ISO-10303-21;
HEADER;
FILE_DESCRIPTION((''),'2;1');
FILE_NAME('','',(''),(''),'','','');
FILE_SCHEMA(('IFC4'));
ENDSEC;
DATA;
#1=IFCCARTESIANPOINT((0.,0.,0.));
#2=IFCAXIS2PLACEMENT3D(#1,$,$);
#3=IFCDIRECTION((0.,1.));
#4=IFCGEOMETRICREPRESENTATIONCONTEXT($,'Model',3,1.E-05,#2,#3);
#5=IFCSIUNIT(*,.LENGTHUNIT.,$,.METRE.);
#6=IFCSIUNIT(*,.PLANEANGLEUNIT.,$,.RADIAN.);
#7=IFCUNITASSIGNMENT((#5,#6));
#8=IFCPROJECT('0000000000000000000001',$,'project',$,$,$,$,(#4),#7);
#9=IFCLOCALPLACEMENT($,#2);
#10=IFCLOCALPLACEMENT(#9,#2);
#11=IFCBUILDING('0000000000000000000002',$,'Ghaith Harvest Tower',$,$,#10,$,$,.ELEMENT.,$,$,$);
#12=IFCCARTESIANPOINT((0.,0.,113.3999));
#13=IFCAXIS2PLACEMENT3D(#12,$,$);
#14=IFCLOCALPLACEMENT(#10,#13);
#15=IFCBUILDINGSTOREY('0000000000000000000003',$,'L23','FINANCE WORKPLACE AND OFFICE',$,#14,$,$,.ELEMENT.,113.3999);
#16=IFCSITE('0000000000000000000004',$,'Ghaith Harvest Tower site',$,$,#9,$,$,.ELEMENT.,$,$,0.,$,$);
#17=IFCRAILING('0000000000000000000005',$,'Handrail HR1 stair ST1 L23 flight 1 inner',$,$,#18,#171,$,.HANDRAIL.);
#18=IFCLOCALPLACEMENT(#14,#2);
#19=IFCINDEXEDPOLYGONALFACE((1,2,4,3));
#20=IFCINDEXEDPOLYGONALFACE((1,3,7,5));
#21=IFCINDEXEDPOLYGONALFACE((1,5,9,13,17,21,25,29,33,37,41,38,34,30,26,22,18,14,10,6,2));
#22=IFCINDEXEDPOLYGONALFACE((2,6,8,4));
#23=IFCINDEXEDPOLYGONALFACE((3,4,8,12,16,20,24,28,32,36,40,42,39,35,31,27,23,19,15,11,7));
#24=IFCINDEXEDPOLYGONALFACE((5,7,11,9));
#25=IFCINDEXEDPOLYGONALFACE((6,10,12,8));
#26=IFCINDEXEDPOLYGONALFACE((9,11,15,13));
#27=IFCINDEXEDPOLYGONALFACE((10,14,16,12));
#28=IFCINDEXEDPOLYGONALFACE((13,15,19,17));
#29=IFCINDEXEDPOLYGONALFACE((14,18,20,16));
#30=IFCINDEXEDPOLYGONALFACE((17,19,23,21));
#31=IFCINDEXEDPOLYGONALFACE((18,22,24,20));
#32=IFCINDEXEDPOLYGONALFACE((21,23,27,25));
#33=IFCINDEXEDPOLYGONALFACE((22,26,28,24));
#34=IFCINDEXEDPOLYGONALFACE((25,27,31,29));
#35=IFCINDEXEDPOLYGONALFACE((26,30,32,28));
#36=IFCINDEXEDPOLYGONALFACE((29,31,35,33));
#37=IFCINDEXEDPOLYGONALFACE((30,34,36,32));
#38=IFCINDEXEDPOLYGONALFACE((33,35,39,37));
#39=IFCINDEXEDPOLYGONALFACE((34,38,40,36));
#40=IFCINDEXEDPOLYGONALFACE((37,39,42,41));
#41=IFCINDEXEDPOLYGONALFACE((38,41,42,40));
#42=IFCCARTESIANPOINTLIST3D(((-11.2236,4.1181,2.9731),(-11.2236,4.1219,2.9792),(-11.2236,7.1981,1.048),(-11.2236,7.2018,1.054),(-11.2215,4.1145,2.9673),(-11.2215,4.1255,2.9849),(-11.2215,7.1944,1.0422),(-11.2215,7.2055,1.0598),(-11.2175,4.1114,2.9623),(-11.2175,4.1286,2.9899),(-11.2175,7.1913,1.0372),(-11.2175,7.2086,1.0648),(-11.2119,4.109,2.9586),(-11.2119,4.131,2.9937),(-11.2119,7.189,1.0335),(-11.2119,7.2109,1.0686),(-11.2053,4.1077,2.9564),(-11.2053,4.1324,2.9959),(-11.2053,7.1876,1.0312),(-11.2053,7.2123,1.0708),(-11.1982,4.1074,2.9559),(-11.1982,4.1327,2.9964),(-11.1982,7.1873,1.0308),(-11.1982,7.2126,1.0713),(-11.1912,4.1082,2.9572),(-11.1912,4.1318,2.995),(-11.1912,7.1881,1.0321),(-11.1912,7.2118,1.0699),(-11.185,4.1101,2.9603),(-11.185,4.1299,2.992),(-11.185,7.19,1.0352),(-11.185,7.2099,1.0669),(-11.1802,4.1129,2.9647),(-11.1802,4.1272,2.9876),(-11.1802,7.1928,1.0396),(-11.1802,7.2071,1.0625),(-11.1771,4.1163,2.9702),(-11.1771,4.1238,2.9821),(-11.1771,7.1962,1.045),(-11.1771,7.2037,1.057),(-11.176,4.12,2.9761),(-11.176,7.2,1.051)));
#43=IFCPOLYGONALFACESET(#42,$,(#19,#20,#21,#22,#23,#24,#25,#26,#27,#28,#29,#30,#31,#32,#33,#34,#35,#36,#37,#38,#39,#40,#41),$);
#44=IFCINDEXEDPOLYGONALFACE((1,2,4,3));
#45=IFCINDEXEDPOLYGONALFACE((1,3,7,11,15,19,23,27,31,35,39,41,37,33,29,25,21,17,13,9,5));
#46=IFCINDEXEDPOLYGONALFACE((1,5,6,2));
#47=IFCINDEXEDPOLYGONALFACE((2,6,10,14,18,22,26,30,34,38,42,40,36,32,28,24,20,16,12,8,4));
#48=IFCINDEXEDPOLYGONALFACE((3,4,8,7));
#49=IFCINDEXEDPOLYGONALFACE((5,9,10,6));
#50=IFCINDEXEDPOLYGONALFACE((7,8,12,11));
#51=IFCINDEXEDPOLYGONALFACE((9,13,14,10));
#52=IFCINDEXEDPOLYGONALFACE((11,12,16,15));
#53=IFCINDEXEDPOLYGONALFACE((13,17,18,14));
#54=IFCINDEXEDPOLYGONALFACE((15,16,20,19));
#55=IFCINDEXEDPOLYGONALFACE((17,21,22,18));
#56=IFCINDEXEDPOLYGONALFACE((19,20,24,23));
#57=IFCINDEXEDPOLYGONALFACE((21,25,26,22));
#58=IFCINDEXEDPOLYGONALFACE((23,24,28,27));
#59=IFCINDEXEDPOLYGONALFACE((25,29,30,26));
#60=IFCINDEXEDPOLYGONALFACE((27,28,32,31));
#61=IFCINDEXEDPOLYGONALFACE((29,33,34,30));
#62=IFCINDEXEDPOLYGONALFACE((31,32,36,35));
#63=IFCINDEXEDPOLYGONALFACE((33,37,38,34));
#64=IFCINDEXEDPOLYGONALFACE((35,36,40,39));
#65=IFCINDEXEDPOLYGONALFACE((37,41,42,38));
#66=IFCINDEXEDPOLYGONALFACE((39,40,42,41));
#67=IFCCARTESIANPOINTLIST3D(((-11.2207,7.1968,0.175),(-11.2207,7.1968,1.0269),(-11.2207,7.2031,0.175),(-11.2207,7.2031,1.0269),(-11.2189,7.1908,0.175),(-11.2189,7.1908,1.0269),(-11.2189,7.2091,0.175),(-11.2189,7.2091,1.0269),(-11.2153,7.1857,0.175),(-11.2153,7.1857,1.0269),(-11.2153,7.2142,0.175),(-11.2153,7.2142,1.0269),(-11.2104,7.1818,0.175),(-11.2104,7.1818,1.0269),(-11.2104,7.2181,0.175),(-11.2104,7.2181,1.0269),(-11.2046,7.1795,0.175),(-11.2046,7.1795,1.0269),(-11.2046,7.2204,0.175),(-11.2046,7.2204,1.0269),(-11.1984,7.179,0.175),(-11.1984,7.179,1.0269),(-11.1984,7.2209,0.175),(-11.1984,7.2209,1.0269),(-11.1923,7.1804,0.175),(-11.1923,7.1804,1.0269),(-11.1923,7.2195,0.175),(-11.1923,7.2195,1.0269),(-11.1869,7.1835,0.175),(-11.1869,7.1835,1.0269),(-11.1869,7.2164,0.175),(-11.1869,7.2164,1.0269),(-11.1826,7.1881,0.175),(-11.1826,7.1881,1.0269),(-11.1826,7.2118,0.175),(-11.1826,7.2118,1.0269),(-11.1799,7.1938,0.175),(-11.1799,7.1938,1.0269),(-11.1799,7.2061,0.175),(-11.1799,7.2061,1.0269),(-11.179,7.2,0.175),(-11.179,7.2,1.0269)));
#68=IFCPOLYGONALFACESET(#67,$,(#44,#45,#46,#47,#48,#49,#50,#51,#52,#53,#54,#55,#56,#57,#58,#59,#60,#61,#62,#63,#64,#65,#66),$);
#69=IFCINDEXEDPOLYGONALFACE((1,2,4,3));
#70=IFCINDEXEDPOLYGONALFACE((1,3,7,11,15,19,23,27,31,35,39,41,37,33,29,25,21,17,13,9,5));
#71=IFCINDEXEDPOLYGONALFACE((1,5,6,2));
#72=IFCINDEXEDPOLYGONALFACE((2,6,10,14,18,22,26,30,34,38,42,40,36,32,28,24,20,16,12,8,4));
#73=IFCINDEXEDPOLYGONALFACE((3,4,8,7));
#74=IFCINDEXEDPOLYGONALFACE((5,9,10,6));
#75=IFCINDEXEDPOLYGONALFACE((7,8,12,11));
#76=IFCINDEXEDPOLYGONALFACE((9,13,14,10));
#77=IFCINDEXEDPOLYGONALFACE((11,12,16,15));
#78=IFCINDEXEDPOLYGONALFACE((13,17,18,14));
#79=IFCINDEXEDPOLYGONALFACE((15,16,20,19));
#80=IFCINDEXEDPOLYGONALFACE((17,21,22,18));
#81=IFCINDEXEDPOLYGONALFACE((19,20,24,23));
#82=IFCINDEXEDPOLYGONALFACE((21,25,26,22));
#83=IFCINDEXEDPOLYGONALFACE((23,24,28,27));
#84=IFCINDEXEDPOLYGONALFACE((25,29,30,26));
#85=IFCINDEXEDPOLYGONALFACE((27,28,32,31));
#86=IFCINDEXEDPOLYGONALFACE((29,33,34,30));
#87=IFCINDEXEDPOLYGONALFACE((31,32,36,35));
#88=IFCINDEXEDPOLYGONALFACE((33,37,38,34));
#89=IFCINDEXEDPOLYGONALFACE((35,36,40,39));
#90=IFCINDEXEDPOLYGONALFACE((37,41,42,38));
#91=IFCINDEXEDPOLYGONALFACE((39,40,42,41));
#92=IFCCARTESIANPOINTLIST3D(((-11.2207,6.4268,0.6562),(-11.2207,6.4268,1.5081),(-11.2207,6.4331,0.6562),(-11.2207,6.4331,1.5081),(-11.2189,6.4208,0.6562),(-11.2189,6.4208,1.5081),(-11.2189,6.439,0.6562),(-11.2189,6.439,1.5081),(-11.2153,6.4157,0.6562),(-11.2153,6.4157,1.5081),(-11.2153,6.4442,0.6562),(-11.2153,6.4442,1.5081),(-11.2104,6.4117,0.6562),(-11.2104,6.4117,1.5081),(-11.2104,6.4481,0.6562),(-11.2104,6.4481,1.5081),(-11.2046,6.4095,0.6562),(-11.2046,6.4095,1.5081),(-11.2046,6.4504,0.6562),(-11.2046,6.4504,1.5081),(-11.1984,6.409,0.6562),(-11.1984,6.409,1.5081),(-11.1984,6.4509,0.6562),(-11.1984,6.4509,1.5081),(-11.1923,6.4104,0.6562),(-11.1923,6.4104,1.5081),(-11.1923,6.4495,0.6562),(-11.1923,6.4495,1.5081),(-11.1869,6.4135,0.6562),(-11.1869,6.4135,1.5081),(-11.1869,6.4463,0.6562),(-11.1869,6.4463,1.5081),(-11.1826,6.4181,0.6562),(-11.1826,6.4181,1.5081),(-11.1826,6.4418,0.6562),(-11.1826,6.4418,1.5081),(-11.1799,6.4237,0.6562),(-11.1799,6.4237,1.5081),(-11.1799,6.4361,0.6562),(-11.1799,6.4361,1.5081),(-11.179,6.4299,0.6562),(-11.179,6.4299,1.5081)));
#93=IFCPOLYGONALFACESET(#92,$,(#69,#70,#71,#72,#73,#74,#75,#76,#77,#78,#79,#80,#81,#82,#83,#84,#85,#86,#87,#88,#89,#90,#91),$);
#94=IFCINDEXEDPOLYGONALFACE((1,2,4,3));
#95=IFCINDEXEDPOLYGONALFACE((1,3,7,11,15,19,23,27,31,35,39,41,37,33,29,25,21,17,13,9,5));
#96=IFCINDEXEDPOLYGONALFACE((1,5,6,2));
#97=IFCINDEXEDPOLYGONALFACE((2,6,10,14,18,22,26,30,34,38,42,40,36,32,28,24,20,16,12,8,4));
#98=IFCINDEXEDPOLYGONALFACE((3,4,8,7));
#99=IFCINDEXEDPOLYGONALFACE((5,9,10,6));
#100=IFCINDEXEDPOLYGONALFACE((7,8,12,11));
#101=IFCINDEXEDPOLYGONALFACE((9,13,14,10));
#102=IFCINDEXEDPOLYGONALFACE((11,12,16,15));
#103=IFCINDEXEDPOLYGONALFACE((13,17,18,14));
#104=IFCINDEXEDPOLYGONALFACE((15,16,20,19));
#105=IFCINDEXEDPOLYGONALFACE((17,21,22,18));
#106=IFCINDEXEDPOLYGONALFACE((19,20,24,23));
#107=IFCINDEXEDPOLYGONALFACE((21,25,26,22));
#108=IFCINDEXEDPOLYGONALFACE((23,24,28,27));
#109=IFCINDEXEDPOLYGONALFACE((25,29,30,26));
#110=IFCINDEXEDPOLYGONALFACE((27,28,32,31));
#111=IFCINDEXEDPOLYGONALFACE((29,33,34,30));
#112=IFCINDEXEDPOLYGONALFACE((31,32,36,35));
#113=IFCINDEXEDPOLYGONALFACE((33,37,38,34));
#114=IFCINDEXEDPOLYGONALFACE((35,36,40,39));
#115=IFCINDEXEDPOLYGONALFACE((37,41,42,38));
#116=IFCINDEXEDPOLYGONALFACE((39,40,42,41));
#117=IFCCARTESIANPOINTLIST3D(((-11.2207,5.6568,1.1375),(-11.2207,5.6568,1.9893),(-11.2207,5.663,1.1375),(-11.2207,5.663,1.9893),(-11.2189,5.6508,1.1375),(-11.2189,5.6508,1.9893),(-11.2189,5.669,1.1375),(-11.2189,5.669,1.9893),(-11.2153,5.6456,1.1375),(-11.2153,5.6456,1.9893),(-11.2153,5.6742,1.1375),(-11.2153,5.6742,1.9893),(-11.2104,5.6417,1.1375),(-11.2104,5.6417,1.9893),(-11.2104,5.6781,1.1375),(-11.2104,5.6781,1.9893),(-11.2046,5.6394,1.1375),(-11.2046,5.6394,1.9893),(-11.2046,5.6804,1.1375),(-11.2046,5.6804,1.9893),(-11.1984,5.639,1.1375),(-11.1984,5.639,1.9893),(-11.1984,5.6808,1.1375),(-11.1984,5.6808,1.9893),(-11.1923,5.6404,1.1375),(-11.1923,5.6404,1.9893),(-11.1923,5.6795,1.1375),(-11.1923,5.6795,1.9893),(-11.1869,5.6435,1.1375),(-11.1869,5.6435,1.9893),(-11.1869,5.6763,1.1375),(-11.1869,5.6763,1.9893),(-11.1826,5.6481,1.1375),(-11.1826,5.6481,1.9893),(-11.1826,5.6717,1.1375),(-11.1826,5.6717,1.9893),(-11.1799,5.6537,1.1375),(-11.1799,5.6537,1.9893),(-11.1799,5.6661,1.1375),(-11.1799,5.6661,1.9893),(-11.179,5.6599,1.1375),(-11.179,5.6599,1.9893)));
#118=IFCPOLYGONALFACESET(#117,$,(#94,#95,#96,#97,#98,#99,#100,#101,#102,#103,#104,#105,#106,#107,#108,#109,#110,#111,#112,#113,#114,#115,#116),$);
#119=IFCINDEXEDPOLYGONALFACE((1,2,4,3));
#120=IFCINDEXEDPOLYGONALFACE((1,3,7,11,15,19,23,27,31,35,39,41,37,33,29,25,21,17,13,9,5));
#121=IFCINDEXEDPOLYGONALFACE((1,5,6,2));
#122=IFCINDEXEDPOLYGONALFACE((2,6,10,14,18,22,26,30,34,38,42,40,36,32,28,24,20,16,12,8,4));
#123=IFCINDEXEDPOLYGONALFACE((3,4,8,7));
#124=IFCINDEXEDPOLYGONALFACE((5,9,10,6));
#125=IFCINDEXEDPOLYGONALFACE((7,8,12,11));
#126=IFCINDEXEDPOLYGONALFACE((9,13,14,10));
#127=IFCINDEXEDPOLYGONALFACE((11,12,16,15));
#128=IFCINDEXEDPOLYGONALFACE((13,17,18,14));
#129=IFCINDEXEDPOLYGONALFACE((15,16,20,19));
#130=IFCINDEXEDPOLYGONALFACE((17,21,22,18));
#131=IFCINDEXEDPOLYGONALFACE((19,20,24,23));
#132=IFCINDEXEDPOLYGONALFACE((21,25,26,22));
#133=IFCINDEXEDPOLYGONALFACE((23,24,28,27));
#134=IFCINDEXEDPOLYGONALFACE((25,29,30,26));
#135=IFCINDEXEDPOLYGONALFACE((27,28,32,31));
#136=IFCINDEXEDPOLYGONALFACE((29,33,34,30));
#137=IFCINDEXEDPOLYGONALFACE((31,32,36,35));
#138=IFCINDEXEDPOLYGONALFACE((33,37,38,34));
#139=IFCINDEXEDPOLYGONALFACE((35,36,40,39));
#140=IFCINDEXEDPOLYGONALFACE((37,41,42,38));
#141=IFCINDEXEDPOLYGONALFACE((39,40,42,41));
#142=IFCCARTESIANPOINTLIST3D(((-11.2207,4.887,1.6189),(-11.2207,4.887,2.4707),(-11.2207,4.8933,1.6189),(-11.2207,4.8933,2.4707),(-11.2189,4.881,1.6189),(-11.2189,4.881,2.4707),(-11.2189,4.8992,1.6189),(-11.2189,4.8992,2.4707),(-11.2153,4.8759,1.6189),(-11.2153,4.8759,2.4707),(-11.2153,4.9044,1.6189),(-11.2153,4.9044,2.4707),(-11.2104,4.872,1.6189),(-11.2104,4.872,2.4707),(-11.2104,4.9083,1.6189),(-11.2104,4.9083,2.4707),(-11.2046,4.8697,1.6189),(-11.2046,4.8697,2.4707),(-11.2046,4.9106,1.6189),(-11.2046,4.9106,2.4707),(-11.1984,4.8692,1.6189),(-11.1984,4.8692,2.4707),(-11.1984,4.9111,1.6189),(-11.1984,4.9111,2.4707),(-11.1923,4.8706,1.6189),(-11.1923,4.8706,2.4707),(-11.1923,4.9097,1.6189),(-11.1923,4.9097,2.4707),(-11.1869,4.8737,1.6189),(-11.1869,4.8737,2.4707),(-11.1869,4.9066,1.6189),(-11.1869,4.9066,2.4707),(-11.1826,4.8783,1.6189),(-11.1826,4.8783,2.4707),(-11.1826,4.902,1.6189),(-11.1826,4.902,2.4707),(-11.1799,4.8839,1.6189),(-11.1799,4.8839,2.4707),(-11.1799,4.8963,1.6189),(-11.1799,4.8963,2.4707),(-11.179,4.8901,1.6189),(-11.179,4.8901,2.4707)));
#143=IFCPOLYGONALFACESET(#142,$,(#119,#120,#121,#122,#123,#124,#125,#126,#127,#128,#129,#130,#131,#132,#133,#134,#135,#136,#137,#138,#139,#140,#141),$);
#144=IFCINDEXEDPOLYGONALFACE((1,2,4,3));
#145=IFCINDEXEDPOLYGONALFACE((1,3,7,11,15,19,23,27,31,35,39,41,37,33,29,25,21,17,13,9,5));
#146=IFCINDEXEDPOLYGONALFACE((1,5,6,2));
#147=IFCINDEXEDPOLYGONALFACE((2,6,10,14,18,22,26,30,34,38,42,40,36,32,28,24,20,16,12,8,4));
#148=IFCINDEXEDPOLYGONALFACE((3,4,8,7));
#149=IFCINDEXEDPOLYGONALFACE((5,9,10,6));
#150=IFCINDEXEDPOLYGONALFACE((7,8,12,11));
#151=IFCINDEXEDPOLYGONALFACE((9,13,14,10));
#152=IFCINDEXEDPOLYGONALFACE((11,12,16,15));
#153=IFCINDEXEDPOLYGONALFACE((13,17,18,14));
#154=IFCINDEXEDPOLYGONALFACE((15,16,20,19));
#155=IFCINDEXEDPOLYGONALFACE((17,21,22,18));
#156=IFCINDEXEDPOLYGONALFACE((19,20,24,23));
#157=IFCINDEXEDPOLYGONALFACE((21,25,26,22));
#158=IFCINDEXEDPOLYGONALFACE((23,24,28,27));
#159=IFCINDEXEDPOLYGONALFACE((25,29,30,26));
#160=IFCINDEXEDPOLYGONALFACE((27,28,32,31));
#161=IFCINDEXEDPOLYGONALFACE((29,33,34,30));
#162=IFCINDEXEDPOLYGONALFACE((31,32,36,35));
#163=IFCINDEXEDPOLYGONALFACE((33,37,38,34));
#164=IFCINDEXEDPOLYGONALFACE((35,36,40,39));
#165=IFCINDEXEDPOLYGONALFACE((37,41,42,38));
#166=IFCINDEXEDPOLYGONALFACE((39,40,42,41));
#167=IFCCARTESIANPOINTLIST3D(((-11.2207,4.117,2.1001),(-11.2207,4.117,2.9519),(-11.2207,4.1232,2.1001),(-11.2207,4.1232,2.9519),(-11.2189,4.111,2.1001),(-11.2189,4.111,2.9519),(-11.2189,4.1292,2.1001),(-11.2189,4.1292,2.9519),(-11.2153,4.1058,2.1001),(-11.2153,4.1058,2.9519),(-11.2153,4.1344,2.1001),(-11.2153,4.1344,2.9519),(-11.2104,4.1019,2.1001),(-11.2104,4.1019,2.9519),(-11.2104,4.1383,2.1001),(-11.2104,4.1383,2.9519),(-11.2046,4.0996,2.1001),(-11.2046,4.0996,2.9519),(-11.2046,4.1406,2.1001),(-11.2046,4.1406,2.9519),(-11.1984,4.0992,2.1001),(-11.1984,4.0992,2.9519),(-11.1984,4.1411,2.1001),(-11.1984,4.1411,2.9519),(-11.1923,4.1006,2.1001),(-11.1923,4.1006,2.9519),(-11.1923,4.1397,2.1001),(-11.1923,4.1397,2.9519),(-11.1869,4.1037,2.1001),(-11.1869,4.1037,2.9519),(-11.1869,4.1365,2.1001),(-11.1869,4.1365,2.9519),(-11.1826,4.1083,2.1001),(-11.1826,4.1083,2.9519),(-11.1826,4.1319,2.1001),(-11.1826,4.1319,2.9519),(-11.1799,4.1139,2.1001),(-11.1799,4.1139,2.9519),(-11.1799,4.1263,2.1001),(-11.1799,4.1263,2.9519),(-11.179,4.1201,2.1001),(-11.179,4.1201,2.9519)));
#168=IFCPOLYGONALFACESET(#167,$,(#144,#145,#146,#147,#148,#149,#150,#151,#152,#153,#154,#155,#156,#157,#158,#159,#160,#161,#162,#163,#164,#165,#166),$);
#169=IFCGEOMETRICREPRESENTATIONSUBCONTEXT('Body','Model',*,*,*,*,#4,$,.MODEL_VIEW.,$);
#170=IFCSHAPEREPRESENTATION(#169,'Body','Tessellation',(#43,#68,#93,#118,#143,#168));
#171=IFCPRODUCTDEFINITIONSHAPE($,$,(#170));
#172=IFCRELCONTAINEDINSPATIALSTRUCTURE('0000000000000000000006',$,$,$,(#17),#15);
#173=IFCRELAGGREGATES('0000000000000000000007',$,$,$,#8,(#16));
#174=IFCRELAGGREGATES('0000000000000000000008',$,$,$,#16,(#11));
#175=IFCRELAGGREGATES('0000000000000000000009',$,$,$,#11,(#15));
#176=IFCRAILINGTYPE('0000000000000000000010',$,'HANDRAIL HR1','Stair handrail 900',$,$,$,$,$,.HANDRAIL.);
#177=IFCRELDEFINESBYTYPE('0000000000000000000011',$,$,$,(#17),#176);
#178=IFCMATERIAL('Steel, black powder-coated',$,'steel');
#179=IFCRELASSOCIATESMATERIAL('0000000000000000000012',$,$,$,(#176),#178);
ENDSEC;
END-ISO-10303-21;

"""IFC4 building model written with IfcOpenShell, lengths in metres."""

from ifc_helpers import new_model, si_unit, direction, frame, origin, origin_2d, place, context, subcontext, project, spatial, circle, extrude, material, type_object, element, save


model = new_model("IFC4")

# Units and contexts
model_context = context("Model", 3, precision=1e-05, world=origin(), true_north=direction((0.0, 1.0)))
body_context = subcontext(model_context, "Body", "Model", "MODEL_VIEW")
ifc_project = project(units=[si_unit("LENGTHUNIT", "METRE"), si_unit("PLANEANGLEUNIT", "RADIAN")], contexts=[model_context])

# Site, building, storey
site_placement = place(None, origin())
site = spatial("IfcSite", under=ifc_project, at=site_placement, Name="Ghaith Harvest Tower site", CompositionType="ELEMENT", RefElevation=0.0)
building_placement = place(site_placement, origin())
building = spatial("IfcBuilding", under=site, at=building_placement, Name="Ghaith Harvest Tower", CompositionType="ELEMENT")
storey_placement = place(building_placement, frame((0.0, 0.0, 113.3999)))
storey = spatial("IfcBuildingStorey", under=building, at=storey_placement, Name="L23", Description="FINANCE WORKPLACE AND OFFICE", CompositionType="ELEMENT", Elevation=113.3999)

# Railing
ifc_material_1 = material(Name="Steel, black powder-coated", Category="steel")
railing_type = type_object("IfcRailingType", Name="HANDRAIL HR1", Description="Stair handrail 900", PredefinedType="HANDRAIL", material=ifc_material_1)
railing_1_placement = place(storey_placement, frame((-11.2, 7.2, 0.175)))
element("IfcRailing", 1, at=railing_1_placement, inside=storey, type_object=railing_type, Name="Handrail HR1 stair ST1 L23 flight 1 inner", PredefinedType="HANDRAIL", context=body_context, shape_type="SweptSolid", body=[
    extrude(circle(Radius=0.0239, at=origin_2d()), frame((0.0, 0.0, 0.876), z_axis=(0.0, -0.847979, 0.530029), x_axis=(1.0, 0.0, 0.0)), (0.0, 0.0, 1.0), 3.6321),
    extrude(circle(Radius=0.021, at=origin_2d()), origin(), (0.0, 0.0, 1.0), 0.8518),
    extrude(circle(Radius=0.021, at=origin_2d()), frame((0.0, -0.77, 0.4812)), (0.0, 0.0, 1.0), 0.8518),
    extrude(circle(Radius=0.021, at=origin_2d()), frame((0.0, -1.54, 0.9624)), (0.0, 0.0, 1.0), 0.8518),
    extrude(circle(Radius=0.021, at=origin_2d()), frame((0.0, -2.3098, 1.4438)), (0.0, 0.0, 1.0), 0.8518),
    extrude(circle(Radius=0.021, at=origin_2d()), frame((0.0, -3.0798, 1.925)), (0.0, 0.0, 1.0), 0.8518),
])

save(model, "model.ifc")
